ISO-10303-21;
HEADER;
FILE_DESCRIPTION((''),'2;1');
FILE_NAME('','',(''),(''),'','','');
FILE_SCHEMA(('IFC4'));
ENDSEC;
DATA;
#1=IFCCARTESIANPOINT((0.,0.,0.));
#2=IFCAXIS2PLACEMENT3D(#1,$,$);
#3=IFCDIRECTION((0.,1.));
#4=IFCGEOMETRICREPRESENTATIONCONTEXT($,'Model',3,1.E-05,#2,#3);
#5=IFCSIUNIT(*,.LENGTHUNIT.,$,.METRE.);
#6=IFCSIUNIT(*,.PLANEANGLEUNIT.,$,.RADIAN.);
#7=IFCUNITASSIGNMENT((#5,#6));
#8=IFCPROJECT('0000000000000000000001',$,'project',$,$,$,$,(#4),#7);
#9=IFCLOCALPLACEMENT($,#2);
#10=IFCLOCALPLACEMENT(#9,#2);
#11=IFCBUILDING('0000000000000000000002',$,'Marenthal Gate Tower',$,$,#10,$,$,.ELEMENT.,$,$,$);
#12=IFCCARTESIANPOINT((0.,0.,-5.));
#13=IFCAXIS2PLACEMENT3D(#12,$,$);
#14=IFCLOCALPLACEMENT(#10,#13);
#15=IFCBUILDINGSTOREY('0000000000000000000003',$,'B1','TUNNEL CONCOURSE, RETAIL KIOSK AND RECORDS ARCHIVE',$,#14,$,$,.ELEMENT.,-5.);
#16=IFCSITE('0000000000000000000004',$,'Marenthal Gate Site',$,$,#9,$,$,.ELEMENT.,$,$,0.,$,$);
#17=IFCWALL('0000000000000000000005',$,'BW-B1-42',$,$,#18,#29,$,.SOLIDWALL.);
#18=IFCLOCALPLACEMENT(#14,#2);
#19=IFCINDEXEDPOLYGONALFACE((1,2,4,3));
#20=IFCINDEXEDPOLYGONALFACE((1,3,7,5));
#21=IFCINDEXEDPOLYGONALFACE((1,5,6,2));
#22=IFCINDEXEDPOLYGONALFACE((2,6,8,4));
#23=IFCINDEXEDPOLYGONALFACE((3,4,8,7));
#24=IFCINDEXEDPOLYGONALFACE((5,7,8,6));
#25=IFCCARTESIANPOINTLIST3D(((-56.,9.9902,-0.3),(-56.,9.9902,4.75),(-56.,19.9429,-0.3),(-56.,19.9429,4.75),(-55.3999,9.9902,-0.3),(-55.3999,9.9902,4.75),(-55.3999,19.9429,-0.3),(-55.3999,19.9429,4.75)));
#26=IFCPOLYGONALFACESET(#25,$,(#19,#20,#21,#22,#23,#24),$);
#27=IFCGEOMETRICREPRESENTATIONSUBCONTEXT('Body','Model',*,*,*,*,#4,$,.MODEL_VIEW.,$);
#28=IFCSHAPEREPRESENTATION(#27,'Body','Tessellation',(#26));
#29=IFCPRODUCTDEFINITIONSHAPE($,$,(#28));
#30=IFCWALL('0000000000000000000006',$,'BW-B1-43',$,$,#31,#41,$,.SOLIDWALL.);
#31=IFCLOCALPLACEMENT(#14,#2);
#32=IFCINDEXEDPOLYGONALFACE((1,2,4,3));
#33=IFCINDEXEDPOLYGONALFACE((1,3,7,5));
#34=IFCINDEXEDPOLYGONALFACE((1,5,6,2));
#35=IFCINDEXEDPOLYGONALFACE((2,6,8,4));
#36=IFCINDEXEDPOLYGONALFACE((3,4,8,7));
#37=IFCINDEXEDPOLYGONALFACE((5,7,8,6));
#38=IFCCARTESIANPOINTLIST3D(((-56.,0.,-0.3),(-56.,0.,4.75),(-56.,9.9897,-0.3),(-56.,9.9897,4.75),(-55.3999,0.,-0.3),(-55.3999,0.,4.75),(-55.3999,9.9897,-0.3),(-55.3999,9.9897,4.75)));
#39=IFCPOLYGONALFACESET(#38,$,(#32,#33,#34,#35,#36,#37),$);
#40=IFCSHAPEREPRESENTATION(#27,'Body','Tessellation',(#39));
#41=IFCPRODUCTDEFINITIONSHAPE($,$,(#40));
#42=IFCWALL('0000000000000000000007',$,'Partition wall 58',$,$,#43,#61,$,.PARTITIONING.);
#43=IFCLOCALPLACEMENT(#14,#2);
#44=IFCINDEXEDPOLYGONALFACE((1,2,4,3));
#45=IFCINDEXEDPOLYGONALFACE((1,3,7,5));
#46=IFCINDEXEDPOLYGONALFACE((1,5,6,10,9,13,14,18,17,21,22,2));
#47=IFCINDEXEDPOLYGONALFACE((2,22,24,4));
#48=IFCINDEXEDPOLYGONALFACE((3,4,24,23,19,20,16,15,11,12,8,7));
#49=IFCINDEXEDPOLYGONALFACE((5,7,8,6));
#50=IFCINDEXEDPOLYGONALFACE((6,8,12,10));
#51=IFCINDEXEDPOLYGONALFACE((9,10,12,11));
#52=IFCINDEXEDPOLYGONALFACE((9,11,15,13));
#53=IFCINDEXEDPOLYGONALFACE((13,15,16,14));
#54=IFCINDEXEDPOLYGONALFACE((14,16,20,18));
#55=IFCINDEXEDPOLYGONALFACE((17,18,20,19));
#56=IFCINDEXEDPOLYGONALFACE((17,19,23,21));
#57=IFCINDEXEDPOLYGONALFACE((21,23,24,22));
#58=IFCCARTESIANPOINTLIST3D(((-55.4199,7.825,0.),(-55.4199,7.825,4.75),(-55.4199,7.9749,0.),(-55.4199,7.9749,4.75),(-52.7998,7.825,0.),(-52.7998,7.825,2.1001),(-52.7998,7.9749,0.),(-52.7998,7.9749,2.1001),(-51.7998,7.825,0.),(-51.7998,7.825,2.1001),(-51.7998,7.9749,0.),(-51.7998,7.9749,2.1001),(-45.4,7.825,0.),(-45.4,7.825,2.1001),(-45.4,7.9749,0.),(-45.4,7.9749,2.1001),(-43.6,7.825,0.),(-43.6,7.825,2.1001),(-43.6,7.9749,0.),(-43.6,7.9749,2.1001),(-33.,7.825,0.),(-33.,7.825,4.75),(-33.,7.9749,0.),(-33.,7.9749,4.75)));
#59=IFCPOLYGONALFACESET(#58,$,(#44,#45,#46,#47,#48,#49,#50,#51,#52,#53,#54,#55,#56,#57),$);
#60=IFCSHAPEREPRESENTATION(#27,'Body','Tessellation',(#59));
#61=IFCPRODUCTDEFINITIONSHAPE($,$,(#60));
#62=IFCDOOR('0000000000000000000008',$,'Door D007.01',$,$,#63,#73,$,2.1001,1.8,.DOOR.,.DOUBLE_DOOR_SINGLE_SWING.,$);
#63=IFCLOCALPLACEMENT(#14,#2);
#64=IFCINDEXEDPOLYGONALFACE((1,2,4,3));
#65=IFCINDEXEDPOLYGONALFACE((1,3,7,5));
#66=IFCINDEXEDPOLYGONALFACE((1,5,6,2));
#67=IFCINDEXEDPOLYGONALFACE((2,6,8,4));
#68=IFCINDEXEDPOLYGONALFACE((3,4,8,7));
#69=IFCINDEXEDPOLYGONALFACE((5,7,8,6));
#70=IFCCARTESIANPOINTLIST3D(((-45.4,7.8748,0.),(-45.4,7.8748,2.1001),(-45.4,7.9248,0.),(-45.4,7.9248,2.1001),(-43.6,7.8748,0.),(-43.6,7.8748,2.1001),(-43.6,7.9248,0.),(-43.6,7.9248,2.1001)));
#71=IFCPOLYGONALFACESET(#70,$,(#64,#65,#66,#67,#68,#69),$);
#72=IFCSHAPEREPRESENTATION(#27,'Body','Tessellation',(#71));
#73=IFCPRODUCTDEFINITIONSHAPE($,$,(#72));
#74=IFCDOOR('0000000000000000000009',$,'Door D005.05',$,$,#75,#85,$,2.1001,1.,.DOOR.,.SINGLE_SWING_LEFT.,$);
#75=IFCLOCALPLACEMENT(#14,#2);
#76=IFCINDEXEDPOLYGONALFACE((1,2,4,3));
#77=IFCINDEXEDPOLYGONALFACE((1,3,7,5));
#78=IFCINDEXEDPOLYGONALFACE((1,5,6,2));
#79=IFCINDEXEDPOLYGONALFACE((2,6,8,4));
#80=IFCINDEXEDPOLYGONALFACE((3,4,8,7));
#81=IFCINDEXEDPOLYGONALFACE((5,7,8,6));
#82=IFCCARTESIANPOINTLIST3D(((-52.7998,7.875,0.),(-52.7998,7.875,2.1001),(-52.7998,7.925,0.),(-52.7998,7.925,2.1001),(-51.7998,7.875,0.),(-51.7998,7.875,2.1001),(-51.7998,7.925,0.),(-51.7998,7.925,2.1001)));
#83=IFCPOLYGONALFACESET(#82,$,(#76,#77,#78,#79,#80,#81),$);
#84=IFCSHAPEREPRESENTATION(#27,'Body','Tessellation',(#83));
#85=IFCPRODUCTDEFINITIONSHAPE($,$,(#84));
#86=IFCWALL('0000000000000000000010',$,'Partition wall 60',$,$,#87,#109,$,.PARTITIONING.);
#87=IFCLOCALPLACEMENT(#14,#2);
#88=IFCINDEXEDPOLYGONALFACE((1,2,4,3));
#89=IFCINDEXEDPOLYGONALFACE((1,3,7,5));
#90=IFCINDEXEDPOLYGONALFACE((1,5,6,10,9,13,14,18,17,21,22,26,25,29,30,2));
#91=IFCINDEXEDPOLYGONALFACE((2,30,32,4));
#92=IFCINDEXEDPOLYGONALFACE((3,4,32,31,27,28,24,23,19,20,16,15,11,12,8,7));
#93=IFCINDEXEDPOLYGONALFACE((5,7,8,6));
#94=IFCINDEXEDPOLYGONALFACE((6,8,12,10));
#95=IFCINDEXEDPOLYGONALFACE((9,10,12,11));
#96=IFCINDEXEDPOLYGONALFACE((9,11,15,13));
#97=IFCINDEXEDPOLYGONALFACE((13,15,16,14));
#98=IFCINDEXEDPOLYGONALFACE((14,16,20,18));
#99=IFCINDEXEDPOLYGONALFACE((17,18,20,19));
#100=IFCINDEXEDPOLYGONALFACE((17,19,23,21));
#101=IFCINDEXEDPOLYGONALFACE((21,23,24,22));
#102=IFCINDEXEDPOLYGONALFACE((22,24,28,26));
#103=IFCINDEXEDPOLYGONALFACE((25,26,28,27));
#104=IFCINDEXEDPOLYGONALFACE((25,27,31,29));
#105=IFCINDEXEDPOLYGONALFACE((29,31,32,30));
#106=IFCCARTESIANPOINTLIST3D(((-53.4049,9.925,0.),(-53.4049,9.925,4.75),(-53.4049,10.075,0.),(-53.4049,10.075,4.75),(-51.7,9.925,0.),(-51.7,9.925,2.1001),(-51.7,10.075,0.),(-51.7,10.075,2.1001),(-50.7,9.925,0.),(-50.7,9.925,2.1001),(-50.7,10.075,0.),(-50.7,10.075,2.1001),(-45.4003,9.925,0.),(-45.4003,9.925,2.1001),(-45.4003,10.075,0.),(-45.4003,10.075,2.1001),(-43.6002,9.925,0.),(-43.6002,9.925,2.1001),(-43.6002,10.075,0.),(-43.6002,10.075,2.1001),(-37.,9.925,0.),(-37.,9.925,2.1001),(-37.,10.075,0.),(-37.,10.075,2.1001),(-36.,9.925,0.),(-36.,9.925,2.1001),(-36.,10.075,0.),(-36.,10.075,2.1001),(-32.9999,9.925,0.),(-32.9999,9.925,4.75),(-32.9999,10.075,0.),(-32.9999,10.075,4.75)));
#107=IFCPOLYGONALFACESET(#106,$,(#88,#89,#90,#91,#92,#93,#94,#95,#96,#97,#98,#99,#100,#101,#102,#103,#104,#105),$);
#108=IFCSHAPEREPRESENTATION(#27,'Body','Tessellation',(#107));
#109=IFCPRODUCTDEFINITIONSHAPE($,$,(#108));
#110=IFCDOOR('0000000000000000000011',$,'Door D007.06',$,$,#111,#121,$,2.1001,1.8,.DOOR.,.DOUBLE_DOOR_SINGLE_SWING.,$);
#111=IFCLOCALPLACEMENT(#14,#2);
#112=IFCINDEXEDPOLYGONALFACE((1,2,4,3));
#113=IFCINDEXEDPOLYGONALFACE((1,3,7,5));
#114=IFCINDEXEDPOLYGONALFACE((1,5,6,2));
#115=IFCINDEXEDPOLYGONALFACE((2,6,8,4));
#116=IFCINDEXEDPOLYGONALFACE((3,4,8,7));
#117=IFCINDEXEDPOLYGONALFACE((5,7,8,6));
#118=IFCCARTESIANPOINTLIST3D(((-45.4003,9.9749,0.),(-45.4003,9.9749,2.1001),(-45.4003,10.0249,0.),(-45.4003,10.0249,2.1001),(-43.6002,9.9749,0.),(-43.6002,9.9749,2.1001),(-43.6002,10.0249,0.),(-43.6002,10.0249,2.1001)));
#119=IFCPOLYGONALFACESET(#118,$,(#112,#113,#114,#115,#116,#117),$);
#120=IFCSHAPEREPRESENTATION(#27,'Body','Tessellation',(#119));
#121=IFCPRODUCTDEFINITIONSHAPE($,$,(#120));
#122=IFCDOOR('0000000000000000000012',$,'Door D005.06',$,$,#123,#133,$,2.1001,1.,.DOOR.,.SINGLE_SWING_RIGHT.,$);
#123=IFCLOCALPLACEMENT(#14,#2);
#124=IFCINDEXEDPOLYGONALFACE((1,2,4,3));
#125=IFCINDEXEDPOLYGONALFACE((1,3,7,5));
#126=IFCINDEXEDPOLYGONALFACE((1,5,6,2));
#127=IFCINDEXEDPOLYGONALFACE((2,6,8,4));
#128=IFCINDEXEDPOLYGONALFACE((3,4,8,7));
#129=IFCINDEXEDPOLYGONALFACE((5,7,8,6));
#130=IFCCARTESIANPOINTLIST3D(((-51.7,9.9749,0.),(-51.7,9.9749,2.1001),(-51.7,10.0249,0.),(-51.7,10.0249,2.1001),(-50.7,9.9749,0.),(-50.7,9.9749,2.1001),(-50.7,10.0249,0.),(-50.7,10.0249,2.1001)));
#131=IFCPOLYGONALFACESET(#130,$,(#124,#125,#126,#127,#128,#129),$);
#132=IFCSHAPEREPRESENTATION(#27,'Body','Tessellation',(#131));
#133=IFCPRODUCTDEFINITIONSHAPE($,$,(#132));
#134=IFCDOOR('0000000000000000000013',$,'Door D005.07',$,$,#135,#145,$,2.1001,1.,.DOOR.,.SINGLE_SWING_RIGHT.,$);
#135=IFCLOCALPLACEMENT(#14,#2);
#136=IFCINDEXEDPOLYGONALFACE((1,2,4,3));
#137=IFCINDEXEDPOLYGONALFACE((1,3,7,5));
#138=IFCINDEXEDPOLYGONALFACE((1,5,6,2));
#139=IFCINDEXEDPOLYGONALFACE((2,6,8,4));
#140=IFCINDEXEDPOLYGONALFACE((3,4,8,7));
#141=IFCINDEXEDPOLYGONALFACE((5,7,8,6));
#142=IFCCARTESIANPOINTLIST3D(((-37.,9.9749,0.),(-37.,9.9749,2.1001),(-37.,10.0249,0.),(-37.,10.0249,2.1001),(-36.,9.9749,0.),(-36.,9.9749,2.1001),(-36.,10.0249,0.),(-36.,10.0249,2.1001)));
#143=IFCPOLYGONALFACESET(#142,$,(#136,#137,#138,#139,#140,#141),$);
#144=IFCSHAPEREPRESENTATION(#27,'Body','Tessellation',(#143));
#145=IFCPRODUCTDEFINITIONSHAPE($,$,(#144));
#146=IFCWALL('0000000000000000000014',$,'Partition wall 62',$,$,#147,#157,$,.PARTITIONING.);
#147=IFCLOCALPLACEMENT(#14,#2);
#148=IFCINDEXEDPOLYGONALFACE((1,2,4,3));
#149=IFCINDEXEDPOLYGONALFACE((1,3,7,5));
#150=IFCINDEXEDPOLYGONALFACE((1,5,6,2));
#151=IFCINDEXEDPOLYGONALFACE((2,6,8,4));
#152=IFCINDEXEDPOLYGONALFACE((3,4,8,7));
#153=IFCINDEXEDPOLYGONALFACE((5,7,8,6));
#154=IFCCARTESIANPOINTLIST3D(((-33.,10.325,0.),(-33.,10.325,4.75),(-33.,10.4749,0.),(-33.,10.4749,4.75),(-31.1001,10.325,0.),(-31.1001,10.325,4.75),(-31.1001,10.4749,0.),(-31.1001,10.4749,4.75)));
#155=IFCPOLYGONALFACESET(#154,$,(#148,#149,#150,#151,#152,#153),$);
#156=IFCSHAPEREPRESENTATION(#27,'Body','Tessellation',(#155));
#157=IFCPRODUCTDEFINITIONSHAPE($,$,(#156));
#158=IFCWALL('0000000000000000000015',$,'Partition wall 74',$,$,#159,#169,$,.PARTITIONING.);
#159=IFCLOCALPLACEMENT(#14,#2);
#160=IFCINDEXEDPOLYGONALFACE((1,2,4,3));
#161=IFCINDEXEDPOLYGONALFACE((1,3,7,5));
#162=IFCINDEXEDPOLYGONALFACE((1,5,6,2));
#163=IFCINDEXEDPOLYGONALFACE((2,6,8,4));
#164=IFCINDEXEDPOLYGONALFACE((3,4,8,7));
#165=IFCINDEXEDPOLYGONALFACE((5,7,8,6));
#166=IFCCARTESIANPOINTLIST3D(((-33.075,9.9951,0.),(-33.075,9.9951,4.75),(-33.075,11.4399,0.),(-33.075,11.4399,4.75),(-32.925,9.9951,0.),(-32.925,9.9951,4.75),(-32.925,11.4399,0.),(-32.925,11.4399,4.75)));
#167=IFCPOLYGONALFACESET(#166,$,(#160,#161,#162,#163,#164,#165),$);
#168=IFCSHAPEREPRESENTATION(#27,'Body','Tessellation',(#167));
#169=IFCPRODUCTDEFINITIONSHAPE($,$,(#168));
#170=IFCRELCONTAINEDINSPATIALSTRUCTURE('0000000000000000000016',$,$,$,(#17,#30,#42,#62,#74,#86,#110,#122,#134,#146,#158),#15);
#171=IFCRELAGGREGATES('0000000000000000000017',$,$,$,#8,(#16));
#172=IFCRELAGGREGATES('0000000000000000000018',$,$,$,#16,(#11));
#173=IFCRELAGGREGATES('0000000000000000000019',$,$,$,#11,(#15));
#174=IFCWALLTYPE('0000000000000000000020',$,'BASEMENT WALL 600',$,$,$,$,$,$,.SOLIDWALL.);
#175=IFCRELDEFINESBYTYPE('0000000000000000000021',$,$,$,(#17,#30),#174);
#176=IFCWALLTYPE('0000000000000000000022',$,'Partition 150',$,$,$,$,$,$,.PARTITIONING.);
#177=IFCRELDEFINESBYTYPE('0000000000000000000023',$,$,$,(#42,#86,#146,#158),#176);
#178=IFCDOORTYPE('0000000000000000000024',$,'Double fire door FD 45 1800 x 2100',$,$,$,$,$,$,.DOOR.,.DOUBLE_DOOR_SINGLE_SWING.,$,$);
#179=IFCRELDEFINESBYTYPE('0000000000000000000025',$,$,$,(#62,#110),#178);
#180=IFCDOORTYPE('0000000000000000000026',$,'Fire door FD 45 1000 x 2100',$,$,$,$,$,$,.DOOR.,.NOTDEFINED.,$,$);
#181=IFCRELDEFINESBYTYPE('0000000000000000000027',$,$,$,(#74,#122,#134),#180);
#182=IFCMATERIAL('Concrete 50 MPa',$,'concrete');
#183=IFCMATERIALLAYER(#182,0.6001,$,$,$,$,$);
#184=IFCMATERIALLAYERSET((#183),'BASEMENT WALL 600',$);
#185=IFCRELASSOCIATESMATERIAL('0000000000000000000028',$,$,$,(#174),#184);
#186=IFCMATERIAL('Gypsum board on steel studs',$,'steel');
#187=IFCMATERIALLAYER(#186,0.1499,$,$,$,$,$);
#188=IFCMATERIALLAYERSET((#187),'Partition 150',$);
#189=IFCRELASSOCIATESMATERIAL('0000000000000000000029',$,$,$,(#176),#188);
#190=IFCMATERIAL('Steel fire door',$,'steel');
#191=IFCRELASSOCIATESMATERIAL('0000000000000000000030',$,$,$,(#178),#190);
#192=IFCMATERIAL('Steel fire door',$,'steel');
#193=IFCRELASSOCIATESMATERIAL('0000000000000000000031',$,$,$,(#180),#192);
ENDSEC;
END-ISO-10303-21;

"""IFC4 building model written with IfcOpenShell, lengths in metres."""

from ifc_helpers import new_model, si_unit, direction, frame, frame_2d, origin, place, context, subcontext, project, spatial, rectangle, extrude, material, layer, layer_set, type_object, element, fill, save


model = new_model("IFC4")

# Units and contexts
model_context = context("Model", 3, precision=1e-05, world=origin(), true_north=direction((0.0, 1.0)))
body_context = subcontext(model_context, "Body", "Model", "MODEL_VIEW")
ifc_project = project(units=[si_unit("LENGTHUNIT", "METRE"), si_unit("PLANEANGLEUNIT", "RADIAN")], contexts=[model_context])

# Site, building, storey
site_placement = place(None, origin())
site = spatial("IfcSite", under=ifc_project, at=site_placement, Name="Marenthal Gate Site", CompositionType="ELEMENT", RefElevation=0.0)
building_placement = place(site_placement, origin())
building = spatial("IfcBuilding", under=site, at=building_placement, Name="Marenthal Gate Tower", CompositionType="ELEMENT")
storey_placement = place(building_placement, frame((0.0, 0.0, -5.0)))
storey = spatial("IfcBuildingStorey", under=building, at=storey_placement, Name="B1", Description="TUNNEL CONCOURSE, RETAIL KIOSK AND RECORDS ARCHIVE", CompositionType="ELEMENT", Elevation=-5.0)

# Walls
ifc_material_1 = material(Name="Concrete 50 MPa", Category="concrete")
ifc_layer_1 = layer(ifc_material_1, 0.6001)
ifc_layer_set_1 = layer_set([ifc_layer_1], Name="BASEMENT WALL 600")
wall_type_1 = type_object("IfcWallType", Name="BASEMENT WALL 600", PredefinedType="SOLIDWALL", material=ifc_layer_set_1)
wall_1_placement = place(storey_placement, frame((-55.7, 19.9429, -0.3), z_axis=(0.0, 0.0, 1.0), x_axis=(0.0, -1.0, 0.0)))
element("IfcWall", 1, at=wall_1_placement, inside=storey, type_object=wall_type_1, Name="BW-B1-42", PredefinedType="SOLIDWALL", context=body_context, shape_type="SweptSolid", body=[
    extrude(rectangle(XDim=9.9526, YDim=0.6001, at=frame_2d((4.9763, 0.0))), origin(), (0.0, 0.0, 1.0), 5.05),
])
wall_2_placement = place(storey_placement, frame((-55.7, 9.9897, -0.3), z_axis=(0.0, 0.0, 1.0), x_axis=(0.0, -1.0, 0.0)))
element("IfcWall", 2, at=wall_2_placement, inside=storey, type_object=wall_type_1, Name="BW-B1-43", PredefinedType="SOLIDWALL", context=body_context, shape_type="SweptSolid", body=[
    extrude(rectangle(XDim=9.9897, YDim=0.6001, at=frame_2d((4.9949, 0.0))), origin(), (0.0, 0.0, 1.0), 5.05),
])

# Walls, openings, doors
ifc_material_2 = material(Name="Gypsum board on steel studs", Category="steel")
ifc_layer_2 = layer(ifc_material_2, 0.1499)
ifc_layer_set_2 = layer_set([ifc_layer_2], Name="Partition 150")
wall_type_2 = type_object("IfcWallType", Name="Partition 150", PredefinedType="PARTITIONING", material=ifc_layer_set_2)
wall_3_placement = place(storey_placement, frame((-55.4199, 7.8999, 0.0), z_axis=(0.0, 0.0, 1.0), x_axis=(1.0, 0.0, 0.0)))
wall_3 = element("IfcWall", 3, at=wall_3_placement, inside=storey, type_object=wall_type_2, Name="Partition wall 58", PredefinedType="PARTITIONING", context=body_context, shape_type="SweptSolid", body=[
    extrude(rectangle(XDim=22.4199, YDim=0.1499, at=frame_2d((11.21, 0.0))), origin(), (0.0, 0.0, 1.0), 4.75),
])
opening_1_placement = place(wall_3_placement, frame((2.6201, 0.0, 0.0)))
opening_1 = element("IfcOpeningElement", 4, at=opening_1_placement, cuts=wall_3, PredefinedType="OPENING", context=body_context, shape_type="SweptSolid", body=[
    extrude(rectangle(XDim=1.0, YDim=2.1001, at=frame_2d((0.5, 1.05))), frame((0.0, 0.085, 0.0), z_axis=(0.0, -1.0, 0.0), x_axis=(1.0, 0.0, 0.0)), (0.0, 0.0, 1.0), 0.1699),
])
opening_2_placement = place(wall_3_placement, frame((10.02, 0.0, 0.0)))
opening_2 = element("IfcOpeningElement", 5, at=opening_2_placement, cuts=wall_3, PredefinedType="OPENING", context=body_context, shape_type="SweptSolid", body=[
    extrude(rectangle(XDim=1.8, YDim=2.1001, at=frame_2d((0.8999, 1.05))), frame((0.0, 0.085, 0.0), z_axis=(0.0, -1.0, 0.0), x_axis=(1.0, 0.0, 0.0)), (0.0, 0.0, 1.0), 0.1699),
])
ifc_material_3 = material(Name="Steel fire door", Category="steel")
door_type_1 = type_object("IfcDoorType", Name="Double fire door FD 45 1800 x 2100", OperationType="DOUBLE_DOOR_SINGLE_SWING", PredefinedType="DOOR", material=ifc_material_3)
door_1_placement = place(opening_2_placement, origin())
door_1 = element("IfcDoor", 6, at=door_1_placement, inside=storey, type_object=door_type_1, Name="Door D007.01", OperationType="DOUBLE_DOOR_SINGLE_SWING", OverallHeight=2.1001, OverallWidth=1.8, PredefinedType="DOOR", context=body_context, shape_type="SweptSolid", body=[
    extrude(rectangle(XDim=1.8, YDim=2.1001, at=frame_2d((0.8999, 1.05))), frame((0.0, 0.0249, 0.0), z_axis=(0.0, -1.0, 0.0), x_axis=(1.0, 0.0, 0.0)), (0.0, 0.0, 1.0), 0.05),
])
fill(opening_2, door_1)
ifc_material_4 = material(Name="Steel fire door", Category="steel")
door_type_2 = type_object("IfcDoorType", Name="Fire door FD 45 1000 x 2100", OperationType="NOTDEFINED", PredefinedType="DOOR", material=ifc_material_4)
door_2_placement = place(opening_1_placement, frame((1.0, 0.0, 0.0), z_axis=(0.0, 0.0, 1.0), x_axis=(-1.0, 0.0, 0.0)))
door_2 = element("IfcDoor", 7, at=door_2_placement, inside=storey, type_object=door_type_2, Name="Door D005.05", OperationType="SINGLE_SWING_LEFT", OverallHeight=2.1001, OverallWidth=1.0, PredefinedType="DOOR", context=body_context, shape_type="SweptSolid", body=[
    extrude(rectangle(XDim=1.0, YDim=2.1001, at=frame_2d((0.5, 1.05))), frame((0.0, 0.0249, 0.0), z_axis=(0.0, -1.0, 0.0), x_axis=(1.0, 0.0, 0.0)), (0.0, 0.0, 1.0), 0.05),
])
fill(opening_1, door_2)
wall_4_placement = place(storey_placement, frame((-53.405, 10.0, 0.0), z_axis=(0.0, 0.0, 1.0), x_axis=(1.0, 0.0, 0.0)))
wall_4 = element("IfcWall", 8, at=wall_4_placement, inside=storey, type_object=wall_type_2, Name="Partition wall 60", PredefinedType="PARTITIONING", context=body_context, shape_type="SweptSolid", body=[
    extrude(rectangle(XDim=20.405, YDim=0.1499, at=frame_2d((10.2026, 0.0))), origin(), (0.0, 0.0, 1.0), 4.75),
])
opening_3_placement = place(wall_4_placement, frame((1.7051, 0.0, 0.0)))
opening_3 = element("IfcOpeningElement", 9, at=opening_3_placement, cuts=wall_4, PredefinedType="OPENING", context=body_context, shape_type="SweptSolid", body=[
    extrude(rectangle(XDim=1.0, YDim=2.1001, at=frame_2d((0.5, 1.05))), frame((0.0, 0.085, 0.0), z_axis=(0.0, -1.0, 0.0), x_axis=(1.0, 0.0, 0.0)), (0.0, 0.0, 1.0), 0.1699),
])
opening_4_placement = place(wall_4_placement, frame((8.0049, 0.0, 0.0)))
opening_4 = element("IfcOpeningElement", 10, at=opening_4_placement, cuts=wall_4, PredefinedType="OPENING", context=body_context, shape_type="SweptSolid", body=[
    extrude(rectangle(XDim=1.8, YDim=2.1001, at=frame_2d((0.8999, 1.05))), frame((0.0, 0.085, 0.0), z_axis=(0.0, -1.0, 0.0), x_axis=(1.0, 0.0, 0.0)), (0.0, 0.0, 1.0), 0.1699),
])
opening_5_placement = place(wall_4_placement, frame((16.405, 0.0, 0.0)))
opening_5 = element("IfcOpeningElement", 11, at=opening_5_placement, cuts=wall_4, PredefinedType="OPENING", context=body_context, shape_type="SweptSolid", body=[
    extrude(rectangle(XDim=1.0, YDim=2.1001, at=frame_2d((0.5, 1.05))), frame((0.0, 0.085, 0.0), z_axis=(0.0, -1.0, 0.0), x_axis=(1.0, 0.0, 0.0)), (0.0, 0.0, 1.0), 0.1699),
])
door_3_placement = place(opening_4_placement, origin())
door_3 = element("IfcDoor", 12, at=door_3_placement, inside=storey, type_object=door_type_1, Name="Door D007.06", OperationType="DOUBLE_DOOR_SINGLE_SWING", OverallHeight=2.1001, OverallWidth=1.8, PredefinedType="DOOR", context=body_context, shape_type="SweptSolid", body=[
    extrude(rectangle(XDim=1.8, YDim=2.1001, at=frame_2d((0.8999, 1.05))), frame((0.0, 0.0249, 0.0), z_axis=(0.0, -1.0, 0.0), x_axis=(1.0, 0.0, 0.0)), (0.0, 0.0, 1.0), 0.05),
])
fill(opening_4, door_3)
door_4_placement = place(opening_3_placement, origin())
door_4 = element("IfcDoor", 13, at=door_4_placement, inside=storey, type_object=door_type_2, Name="Door D005.06", OperationType="SINGLE_SWING_RIGHT", OverallHeight=2.1001, OverallWidth=1.0, PredefinedType="DOOR", context=body_context, shape_type="SweptSolid", body=[
    extrude(rectangle(XDim=1.0, YDim=2.1001, at=frame_2d((0.5, 1.05))), frame((0.0, 0.0249, 0.0), z_axis=(0.0, -1.0, 0.0), x_axis=(1.0, 0.0, 0.0)), (0.0, 0.0, 1.0), 0.05),
])
fill(opening_3, door_4)
door_5_placement = place(opening_5_placement, origin())
door_5 = element("IfcDoor", 14, at=door_5_placement, inside=storey, type_object=door_type_2, Name="Door D005.07", OperationType="SINGLE_SWING_RIGHT", OverallHeight=2.1001, OverallWidth=1.0, PredefinedType="DOOR", context=body_context, shape_type="SweptSolid", body=[
    extrude(rectangle(XDim=1.0, YDim=2.1001, at=frame_2d((0.5, 1.05))), frame((0.0, 0.0249, 0.0), z_axis=(0.0, -1.0, 0.0), x_axis=(1.0, 0.0, 0.0)), (0.0, 0.0, 1.0), 0.05),
])
fill(opening_5, door_5)

# Walls
wall_5_placement = place(storey_placement, frame((-33.0, 10.3999, 0.0), z_axis=(0.0, 0.0, 1.0), x_axis=(1.0, 0.0, 0.0)))
element("IfcWall", 15, at=wall_5_placement, inside=storey, type_object=wall_type_2, Name="Partition wall 62", PredefinedType="PARTITIONING", context=body_context, shape_type="SweptSolid", body=[
    extrude(rectangle(XDim=1.8999, YDim=0.1499, at=frame_2d((0.95, 0.0))), origin(), (0.0, 0.0, 1.0), 4.75),
])
wall_6_placement = place(storey_placement, frame((-33.0, 9.9951, 0.0), z_axis=(0.0, 0.0, 1.0), x_axis=(0.0, 1.0, 0.0)))
element("IfcWall", 16, at=wall_6_placement, inside=storey, type_object=wall_type_2, Name="Partition wall 74", PredefinedType="PARTITIONING", context=body_context, shape_type="SweptSolid", body=[
    extrude(rectangle(XDim=1.4448, YDim=0.1499, at=frame_2d((0.7224, 0.0))), origin(), (0.0, 0.0, 1.0), 4.75),
])

save(model, "model.ifc")
